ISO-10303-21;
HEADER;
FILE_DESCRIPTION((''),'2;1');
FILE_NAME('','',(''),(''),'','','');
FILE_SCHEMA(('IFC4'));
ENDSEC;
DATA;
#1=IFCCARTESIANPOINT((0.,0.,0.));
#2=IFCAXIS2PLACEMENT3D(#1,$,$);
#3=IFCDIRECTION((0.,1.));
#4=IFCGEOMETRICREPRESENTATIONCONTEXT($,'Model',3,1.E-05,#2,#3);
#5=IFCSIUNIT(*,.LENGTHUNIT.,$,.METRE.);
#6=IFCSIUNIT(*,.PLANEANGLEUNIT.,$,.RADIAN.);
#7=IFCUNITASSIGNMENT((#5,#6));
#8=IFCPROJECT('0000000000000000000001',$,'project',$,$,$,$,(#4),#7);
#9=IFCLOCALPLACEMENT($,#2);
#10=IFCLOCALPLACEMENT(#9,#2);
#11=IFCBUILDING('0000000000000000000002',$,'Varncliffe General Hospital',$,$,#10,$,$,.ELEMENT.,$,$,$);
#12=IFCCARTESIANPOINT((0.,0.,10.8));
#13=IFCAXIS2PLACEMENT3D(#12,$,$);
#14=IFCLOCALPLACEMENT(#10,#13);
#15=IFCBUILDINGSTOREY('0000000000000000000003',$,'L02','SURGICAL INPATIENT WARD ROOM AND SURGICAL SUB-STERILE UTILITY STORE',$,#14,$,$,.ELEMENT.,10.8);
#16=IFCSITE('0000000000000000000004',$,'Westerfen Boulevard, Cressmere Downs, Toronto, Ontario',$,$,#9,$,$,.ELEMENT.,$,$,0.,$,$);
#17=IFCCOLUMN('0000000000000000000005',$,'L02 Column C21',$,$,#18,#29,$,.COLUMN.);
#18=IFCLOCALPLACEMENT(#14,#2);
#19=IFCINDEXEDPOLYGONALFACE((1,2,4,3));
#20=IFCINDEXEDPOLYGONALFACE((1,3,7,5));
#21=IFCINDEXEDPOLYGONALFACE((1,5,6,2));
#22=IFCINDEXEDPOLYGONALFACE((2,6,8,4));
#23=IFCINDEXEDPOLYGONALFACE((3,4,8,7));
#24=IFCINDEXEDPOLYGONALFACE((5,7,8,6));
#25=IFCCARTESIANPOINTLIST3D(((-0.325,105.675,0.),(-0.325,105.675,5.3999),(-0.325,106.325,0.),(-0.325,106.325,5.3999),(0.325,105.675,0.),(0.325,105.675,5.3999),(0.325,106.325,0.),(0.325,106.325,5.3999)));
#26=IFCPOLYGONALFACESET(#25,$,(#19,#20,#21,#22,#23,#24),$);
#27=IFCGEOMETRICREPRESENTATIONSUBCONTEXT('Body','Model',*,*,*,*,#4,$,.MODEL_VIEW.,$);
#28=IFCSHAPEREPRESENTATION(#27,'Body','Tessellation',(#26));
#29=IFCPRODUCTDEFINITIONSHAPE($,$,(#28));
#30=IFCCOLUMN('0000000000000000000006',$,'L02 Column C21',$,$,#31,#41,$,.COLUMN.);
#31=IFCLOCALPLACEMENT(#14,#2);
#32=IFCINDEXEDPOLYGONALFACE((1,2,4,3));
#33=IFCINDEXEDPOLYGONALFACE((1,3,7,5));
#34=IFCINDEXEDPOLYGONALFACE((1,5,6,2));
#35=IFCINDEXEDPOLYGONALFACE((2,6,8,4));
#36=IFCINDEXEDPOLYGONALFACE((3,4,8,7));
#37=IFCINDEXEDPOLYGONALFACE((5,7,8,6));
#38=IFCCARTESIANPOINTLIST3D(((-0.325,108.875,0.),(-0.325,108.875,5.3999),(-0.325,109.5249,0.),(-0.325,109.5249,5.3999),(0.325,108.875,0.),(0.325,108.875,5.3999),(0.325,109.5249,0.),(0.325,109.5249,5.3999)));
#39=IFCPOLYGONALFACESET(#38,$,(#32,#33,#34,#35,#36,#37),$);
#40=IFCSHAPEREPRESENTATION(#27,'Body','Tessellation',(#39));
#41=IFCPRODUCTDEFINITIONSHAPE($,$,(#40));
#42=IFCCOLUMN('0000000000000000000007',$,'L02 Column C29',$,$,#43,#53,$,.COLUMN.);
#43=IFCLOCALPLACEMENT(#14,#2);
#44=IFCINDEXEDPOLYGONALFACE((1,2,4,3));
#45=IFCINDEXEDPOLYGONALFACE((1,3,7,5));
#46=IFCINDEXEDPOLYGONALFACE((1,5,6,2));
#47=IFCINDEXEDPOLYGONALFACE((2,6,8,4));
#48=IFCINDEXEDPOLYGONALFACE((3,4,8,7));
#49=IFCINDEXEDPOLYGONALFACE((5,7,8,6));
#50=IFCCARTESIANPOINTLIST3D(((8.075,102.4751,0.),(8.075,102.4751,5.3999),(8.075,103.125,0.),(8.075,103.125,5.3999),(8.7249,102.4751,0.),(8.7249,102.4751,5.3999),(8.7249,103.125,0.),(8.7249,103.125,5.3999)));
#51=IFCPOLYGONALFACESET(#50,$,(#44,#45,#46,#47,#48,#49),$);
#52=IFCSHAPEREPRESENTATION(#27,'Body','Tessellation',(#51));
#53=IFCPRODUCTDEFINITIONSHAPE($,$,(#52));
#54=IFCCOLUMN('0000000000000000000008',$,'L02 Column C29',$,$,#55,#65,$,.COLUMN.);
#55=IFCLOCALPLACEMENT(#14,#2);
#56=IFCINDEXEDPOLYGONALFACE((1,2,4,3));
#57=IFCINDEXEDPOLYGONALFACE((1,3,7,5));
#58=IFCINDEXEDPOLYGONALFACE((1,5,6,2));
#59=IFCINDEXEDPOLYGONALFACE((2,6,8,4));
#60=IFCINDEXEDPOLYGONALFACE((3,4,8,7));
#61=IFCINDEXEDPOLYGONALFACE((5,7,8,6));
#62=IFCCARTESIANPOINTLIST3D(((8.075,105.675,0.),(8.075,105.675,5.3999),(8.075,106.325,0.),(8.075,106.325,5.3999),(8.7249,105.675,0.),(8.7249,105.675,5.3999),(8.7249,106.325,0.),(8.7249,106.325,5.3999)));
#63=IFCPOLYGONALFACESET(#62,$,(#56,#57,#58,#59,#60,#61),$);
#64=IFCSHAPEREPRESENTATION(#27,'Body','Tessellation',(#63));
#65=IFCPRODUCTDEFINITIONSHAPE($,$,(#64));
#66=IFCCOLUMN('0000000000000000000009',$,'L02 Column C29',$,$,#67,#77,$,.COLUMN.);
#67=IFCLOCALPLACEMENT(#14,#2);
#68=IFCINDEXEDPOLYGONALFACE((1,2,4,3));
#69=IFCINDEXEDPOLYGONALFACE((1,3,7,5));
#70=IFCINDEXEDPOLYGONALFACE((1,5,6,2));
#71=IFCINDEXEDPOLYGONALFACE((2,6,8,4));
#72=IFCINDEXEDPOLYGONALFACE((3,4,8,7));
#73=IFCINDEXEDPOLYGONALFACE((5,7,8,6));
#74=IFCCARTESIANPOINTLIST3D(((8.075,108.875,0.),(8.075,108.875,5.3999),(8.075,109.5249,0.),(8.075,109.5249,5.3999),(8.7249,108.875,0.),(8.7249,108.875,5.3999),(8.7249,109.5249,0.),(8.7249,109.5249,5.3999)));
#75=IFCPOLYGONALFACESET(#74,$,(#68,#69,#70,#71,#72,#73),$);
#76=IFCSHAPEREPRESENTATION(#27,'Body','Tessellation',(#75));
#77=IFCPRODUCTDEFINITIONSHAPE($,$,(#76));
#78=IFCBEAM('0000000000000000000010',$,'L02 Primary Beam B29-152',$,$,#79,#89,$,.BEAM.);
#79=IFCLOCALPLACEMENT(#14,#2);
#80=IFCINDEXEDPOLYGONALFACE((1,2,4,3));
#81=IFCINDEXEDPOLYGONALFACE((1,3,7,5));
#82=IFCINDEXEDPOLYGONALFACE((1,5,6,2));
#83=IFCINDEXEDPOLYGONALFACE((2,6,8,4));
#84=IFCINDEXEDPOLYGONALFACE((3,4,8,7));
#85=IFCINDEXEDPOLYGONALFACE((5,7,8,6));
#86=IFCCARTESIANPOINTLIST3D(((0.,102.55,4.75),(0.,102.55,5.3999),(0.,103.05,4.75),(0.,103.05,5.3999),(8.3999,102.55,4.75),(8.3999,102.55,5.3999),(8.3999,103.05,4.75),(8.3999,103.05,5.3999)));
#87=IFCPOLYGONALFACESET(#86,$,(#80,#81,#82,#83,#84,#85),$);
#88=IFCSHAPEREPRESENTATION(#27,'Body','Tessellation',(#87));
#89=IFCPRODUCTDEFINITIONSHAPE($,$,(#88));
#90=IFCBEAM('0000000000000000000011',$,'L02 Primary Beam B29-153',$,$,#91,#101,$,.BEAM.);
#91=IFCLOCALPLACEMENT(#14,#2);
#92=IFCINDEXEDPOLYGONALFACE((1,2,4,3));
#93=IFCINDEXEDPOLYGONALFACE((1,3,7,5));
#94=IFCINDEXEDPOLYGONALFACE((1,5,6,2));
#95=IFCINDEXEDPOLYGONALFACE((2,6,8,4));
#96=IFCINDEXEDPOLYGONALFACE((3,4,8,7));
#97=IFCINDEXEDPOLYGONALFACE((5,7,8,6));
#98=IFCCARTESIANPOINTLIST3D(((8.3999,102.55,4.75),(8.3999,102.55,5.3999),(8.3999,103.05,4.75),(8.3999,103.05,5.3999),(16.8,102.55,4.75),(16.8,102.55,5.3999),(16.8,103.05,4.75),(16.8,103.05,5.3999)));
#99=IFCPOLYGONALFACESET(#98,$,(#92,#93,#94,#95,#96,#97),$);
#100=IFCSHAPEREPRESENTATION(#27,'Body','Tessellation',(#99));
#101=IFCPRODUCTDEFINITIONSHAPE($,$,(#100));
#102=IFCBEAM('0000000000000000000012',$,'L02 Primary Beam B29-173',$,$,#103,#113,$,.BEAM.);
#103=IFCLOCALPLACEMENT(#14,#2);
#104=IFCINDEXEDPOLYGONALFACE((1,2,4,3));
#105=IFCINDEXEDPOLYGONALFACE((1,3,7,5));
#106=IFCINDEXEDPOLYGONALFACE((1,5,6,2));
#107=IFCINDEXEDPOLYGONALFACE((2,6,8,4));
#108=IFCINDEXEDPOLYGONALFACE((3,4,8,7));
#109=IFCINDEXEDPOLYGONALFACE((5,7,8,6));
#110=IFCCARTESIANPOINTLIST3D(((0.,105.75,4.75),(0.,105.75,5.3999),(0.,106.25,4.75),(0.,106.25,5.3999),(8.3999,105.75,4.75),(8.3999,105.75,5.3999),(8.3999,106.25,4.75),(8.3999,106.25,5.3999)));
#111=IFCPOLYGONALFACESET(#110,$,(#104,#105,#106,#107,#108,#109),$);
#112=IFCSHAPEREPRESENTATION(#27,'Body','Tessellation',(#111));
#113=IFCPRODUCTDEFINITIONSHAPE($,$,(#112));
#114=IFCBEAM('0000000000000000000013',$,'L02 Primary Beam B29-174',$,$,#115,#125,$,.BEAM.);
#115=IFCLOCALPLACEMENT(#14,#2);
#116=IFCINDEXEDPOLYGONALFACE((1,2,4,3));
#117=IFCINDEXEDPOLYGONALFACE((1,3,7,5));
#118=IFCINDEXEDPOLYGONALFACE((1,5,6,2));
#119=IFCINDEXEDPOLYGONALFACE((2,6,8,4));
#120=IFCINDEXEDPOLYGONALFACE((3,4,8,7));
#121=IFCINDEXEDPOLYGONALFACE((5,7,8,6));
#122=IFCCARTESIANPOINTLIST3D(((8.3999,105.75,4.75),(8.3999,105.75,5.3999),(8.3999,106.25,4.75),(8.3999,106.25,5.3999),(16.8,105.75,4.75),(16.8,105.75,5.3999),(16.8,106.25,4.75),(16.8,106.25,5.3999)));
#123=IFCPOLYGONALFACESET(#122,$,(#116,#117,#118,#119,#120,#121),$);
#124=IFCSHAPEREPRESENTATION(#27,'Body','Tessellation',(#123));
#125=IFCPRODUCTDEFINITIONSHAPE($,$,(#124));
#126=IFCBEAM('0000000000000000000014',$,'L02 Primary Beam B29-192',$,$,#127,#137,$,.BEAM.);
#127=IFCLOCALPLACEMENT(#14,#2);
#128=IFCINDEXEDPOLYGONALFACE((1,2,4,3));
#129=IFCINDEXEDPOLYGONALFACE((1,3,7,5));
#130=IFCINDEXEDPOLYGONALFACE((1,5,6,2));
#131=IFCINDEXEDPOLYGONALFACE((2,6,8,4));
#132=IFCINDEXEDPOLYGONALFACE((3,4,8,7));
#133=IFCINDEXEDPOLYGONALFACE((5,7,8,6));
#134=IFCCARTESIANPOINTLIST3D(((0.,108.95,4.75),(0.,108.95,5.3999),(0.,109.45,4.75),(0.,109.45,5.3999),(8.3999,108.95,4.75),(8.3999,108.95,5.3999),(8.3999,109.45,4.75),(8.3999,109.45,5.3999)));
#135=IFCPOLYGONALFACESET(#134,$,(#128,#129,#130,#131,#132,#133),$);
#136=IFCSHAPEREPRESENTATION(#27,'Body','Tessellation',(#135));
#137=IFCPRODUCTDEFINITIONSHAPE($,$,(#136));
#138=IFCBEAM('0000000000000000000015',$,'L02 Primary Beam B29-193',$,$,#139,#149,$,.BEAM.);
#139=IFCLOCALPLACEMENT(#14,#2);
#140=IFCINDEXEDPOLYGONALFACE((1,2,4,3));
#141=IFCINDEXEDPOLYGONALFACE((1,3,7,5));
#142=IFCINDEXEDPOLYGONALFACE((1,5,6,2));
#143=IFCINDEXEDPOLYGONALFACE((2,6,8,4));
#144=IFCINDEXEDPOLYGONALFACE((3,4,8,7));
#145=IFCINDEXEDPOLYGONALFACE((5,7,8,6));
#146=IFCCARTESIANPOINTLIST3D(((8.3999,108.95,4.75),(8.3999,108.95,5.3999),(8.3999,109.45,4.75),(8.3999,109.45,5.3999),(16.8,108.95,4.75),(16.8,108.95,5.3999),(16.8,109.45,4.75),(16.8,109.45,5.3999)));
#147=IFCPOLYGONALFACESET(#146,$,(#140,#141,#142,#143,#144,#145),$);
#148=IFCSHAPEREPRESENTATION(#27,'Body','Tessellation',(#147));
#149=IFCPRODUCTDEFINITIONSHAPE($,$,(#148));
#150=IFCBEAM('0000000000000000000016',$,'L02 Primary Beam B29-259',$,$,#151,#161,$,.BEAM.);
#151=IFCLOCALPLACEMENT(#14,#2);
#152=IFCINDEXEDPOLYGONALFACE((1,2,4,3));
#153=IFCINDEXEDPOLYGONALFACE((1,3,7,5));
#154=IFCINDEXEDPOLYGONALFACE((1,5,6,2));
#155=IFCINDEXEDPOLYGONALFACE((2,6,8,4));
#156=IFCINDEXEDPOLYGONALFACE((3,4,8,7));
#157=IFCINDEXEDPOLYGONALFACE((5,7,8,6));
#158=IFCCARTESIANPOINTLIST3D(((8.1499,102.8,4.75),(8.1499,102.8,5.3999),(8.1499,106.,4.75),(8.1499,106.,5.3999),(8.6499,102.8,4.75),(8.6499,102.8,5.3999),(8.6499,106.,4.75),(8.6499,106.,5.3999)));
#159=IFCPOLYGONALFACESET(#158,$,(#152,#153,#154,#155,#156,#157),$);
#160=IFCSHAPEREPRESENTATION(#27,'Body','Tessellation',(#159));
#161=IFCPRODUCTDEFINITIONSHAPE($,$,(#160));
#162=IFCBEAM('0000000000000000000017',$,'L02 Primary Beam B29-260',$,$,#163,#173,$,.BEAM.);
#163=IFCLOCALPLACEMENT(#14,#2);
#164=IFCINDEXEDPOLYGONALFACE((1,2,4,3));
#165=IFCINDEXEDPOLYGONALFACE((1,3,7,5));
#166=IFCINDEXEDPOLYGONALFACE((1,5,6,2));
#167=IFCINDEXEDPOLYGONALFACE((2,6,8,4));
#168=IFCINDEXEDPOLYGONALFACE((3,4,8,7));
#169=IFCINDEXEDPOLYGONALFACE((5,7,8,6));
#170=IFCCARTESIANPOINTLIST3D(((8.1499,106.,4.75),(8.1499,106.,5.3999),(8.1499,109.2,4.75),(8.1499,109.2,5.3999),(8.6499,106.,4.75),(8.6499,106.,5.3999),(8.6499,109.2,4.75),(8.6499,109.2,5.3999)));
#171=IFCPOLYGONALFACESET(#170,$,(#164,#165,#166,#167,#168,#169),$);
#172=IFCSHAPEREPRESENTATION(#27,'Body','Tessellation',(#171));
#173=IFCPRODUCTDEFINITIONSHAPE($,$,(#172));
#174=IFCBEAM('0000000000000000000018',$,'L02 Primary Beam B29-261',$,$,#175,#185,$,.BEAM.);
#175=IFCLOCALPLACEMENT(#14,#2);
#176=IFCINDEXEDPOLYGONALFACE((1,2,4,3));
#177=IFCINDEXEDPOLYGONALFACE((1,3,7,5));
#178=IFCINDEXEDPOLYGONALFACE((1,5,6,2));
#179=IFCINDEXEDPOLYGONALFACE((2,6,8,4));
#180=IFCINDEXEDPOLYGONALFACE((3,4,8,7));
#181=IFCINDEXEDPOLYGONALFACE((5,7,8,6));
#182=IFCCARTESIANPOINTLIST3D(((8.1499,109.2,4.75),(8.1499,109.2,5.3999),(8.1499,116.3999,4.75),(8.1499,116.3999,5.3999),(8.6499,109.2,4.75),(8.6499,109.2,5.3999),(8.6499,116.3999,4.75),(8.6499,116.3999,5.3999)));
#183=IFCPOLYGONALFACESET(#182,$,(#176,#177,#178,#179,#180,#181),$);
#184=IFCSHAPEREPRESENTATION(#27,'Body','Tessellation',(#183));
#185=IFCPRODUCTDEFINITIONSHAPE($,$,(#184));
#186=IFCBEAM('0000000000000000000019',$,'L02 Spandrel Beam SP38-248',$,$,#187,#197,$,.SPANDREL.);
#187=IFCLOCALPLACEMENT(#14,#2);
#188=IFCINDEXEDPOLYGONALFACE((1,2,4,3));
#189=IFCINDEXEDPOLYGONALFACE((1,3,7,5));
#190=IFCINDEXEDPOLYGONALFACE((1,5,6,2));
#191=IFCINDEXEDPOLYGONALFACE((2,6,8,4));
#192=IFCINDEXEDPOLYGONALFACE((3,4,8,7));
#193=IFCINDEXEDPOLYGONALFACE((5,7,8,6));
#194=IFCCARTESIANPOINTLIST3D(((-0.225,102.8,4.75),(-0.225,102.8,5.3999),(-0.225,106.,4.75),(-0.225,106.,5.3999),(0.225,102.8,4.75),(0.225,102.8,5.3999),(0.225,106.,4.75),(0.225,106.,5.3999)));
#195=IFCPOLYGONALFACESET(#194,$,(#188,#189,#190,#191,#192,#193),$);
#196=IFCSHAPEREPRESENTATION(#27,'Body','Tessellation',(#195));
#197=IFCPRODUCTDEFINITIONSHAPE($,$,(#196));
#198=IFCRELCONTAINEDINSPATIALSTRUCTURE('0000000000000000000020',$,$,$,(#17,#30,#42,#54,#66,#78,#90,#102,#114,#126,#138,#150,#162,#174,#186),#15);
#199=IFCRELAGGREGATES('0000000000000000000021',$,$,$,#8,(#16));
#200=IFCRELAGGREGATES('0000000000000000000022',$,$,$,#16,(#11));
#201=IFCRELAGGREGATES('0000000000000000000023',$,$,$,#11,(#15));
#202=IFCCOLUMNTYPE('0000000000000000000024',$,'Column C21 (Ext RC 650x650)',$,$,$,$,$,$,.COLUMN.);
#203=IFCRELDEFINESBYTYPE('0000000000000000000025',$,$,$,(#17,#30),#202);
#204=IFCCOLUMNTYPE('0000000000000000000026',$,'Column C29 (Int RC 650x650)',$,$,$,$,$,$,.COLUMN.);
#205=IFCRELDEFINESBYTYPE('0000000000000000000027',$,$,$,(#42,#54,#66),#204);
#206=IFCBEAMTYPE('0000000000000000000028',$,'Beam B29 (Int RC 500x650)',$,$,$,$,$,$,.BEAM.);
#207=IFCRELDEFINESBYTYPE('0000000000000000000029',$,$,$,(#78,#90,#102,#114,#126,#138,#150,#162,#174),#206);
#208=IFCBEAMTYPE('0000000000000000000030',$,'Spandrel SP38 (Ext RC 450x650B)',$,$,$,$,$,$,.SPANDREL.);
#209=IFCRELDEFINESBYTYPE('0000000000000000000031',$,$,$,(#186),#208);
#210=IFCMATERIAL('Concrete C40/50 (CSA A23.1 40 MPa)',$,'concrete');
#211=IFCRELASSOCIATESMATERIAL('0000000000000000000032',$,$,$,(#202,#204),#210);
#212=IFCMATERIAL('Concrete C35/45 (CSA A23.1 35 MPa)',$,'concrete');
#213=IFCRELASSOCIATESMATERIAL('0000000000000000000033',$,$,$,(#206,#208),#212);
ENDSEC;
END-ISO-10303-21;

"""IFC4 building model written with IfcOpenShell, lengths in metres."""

from ifc_helpers import new_model, si_unit, direction, frame, origin, origin_2d, place, context, subcontext, project, spatial, rectangle, extrude, material, material_profile, profile_set, type_object, element, save


model = new_model("IFC4")

# Units and contexts
model_context = context("Model", 3, precision=1e-05, world=origin(), true_north=direction((0.0, 1.0)))
body_context = subcontext(model_context, "Body", "Model", "MODEL_VIEW")
ifc_project = project(units=[si_unit("LENGTHUNIT", "METRE"), si_unit("PLANEANGLEUNIT", "RADIAN")], contexts=[model_context])

# Site, building, storey
site_placement = place(None, origin())
site = spatial("IfcSite", under=ifc_project, at=site_placement, Name="Westerfen Boulevard, Cressmere Downs, Toronto, Ontario", CompositionType="ELEMENT", RefElevation=0.0)
building_placement = place(site_placement, origin())
building = spatial("IfcBuilding", under=site, at=building_placement, Name="Varncliffe General Hospital", CompositionType="ELEMENT")
storey_placement = place(building_placement, frame((0.0, 0.0, 10.8)))
storey = spatial("IfcBuildingStorey", under=building, at=storey_placement, Name="L02", Description="SURGICAL INPATIENT WARD ROOM AND SURGICAL SUB-STERILE UTILITY STORE", CompositionType="ELEMENT", Elevation=10.8)

# Columns
ifc_material_1 = material(Name="Concrete C40/50 (CSA A23.1 40 MPa)", Category="concrete")
ifc_material_profile_1 = material_profile(ifc_material_1, rectangle(XDim=0.6499, YDim=0.6499, at=origin_2d()), Name="RC 650x650")
ifc_profile_set_1 = profile_set([ifc_material_profile_1], Name="Concrete C40/50 (CSA A23.1 40 MPa)")
column_type_1 = type_object("IfcColumnType", Name="Column C21 (Ext RC 650x650)", PredefinedType="COLUMN", material=ifc_profile_set_1)
for number, where, z_axis, x_axis, name in (
    (1, (0.0, 106.0, 0.0), (0.0, 0.0, 1.0), (1.0, 0.0, 0.0), "L02 Column C21"),
    (2, (0.0, 109.2, 0.0), (0.0, 0.0, 1.0), (1.0, 0.0, 0.0), "L02 Column C21"),
):
    element("IfcColumn", number, at=place(storey_placement, frame(where, z_axis=z_axis, x_axis=x_axis)), inside=storey, type_object=column_type_1, Name=name, PredefinedType="COLUMN", context=body_context, shape_type="SweptSolid", body=[
        extrude(rectangle(XDim=0.6499, YDim=0.6499, at=origin_2d()), origin(), (0.0, 0.0, 1.0), 5.3999),
    ])
ifc_material_profile_2 = material_profile(ifc_material_1, rectangle(XDim=0.6499, YDim=0.6499, at=origin_2d()), Name="RC 650x650")
ifc_profile_set_2 = profile_set([ifc_material_profile_2], Name="Concrete C40/50 (CSA A23.1 40 MPa)")
column_type_2 = type_object("IfcColumnType", Name="Column C29 (Int RC 650x650)", PredefinedType="COLUMN", material=ifc_profile_set_2)
for number, where, z_axis, x_axis, name in (
    (3, (8.3999, 102.8, 0.0), (0.0, 0.0, 1.0), (1.0, 0.0, 0.0), "L02 Column C29"),
    (4, (8.3999, 106.0, 0.0), (0.0, 0.0, 1.0), (1.0, 0.0, 0.0), "L02 Column C29"),
    (5, (8.3999, 109.2, 0.0), (0.0, 0.0, 1.0), (1.0, 0.0, 0.0), "L02 Column C29"),
):
    element("IfcColumn", number, at=place(storey_placement, frame(where, z_axis=z_axis, x_axis=x_axis)), inside=storey, type_object=column_type_2, Name=name, PredefinedType="COLUMN", context=body_context, shape_type="SweptSolid", body=[
        extrude(rectangle(XDim=0.6499, YDim=0.6499, at=origin_2d()), origin(), (0.0, 0.0, 1.0), 5.3999),
    ])

# Beams
ifc_material_2 = material(Name="Concrete C35/45 (CSA A23.1 35 MPa)", Category="concrete")
ifc_material_profile_3 = material_profile(ifc_material_2, rectangle(XDim=0.5, YDim=0.6499, at=origin_2d()), Name="RC 500x650")
ifc_profile_set_3 = profile_set([ifc_material_profile_3], Name="Concrete C35/45 (CSA A23.1 35 MPa)")
beam_type_1 = type_object("IfcBeamType", Name="Beam B29 (Int RC 500x650)", PredefinedType="BEAM", material=ifc_profile_set_3)
beam_1_placement = place(storey_placement, frame((0.0, 102.8, 5.075), z_axis=(1.0, 0.0, 0.0), x_axis=(0.0, 1.0, 0.0)))
element("IfcBeam", 6, at=beam_1_placement, inside=storey, type_object=beam_type_1, Name="L02 Primary Beam B29-152", PredefinedType="BEAM", context=body_context, shape_type="SweptSolid", body=[
    extrude(rectangle(XDim=0.5, YDim=0.6499, at=origin_2d()), origin(), (0.0, 0.0, 1.0), 8.3999),
])
beam_2_placement = place(storey_placement, frame((8.3999, 102.8, 5.075), z_axis=(1.0, 0.0, 0.0), x_axis=(0.0, 1.0, 0.0)))
element("IfcBeam", 7, at=beam_2_placement, inside=storey, type_object=beam_type_1, Name="L02 Primary Beam B29-153", PredefinedType="BEAM", context=body_context, shape_type="SweptSolid", body=[
    extrude(rectangle(XDim=0.5, YDim=0.6499, at=origin_2d()), origin(), (0.0, 0.0, 1.0), 8.4001),
])
beam_3_placement = place(storey_placement, frame((0.0, 106.0, 5.075), z_axis=(1.0, 0.0, 0.0), x_axis=(0.0, 1.0, 0.0)))
element("IfcBeam", 8, at=beam_3_placement, inside=storey, type_object=beam_type_1, Name="L02 Primary Beam B29-173", PredefinedType="BEAM", context=body_context, shape_type="SweptSolid", body=[
    extrude(rectangle(XDim=0.5, YDim=0.6499, at=origin_2d()), origin(), (0.0, 0.0, 1.0), 8.3999),
])
beam_4_placement = place(storey_placement, frame((8.3999, 106.0, 5.075), z_axis=(1.0, 0.0, 0.0), x_axis=(0.0, 1.0, 0.0)))
element("IfcBeam", 9, at=beam_4_placement, inside=storey, type_object=beam_type_1, Name="L02 Primary Beam B29-174", PredefinedType="BEAM", context=body_context, shape_type="SweptSolid", body=[
    extrude(rectangle(XDim=0.5, YDim=0.6499, at=origin_2d()), origin(), (0.0, 0.0, 1.0), 8.4001),
])
beam_5_placement = place(storey_placement, frame((0.0, 109.2, 5.075), z_axis=(1.0, 0.0, 0.0), x_axis=(0.0, 1.0, 0.0)))
element("IfcBeam", 10, at=beam_5_placement, inside=storey, type_object=beam_type_1, Name="L02 Primary Beam B29-192", PredefinedType="BEAM", context=body_context, shape_type="SweptSolid", body=[
    extrude(rectangle(XDim=0.5, YDim=0.6499, at=origin_2d()), origin(), (0.0, 0.0, 1.0), 8.3999),
])
beam_6_placement = place(storey_placement, frame((8.3999, 109.2, 5.075), z_axis=(1.0, 0.0, 0.0), x_axis=(0.0, 1.0, 0.0)))
element("IfcBeam", 11, at=beam_6_placement, inside=storey, type_object=beam_type_1, Name="L02 Primary Beam B29-193", PredefinedType="BEAM", context=body_context, shape_type="SweptSolid", body=[
    extrude(rectangle(XDim=0.5, YDim=0.6499, at=origin_2d()), origin(), (0.0, 0.0, 1.0), 8.4001),
])
for number, where, z_axis, x_axis, name in (
    (12, (8.3999, 102.8, 5.075), (0.0, 1.0, 0.0), (-1.0, 0.0, 0.0), "L02 Primary Beam B29-259"),
    (13, (8.3999, 106.0, 5.075), (0.0, 1.0, 0.0), (-1.0, 0.0, 0.0), "L02 Primary Beam B29-260"),
):
    element("IfcBeam", number, at=place(storey_placement, frame(where, z_axis=z_axis, x_axis=x_axis)), inside=storey, type_object=beam_type_1, Name=name, PredefinedType="BEAM", context=body_context, shape_type="SweptSolid", body=[
        extrude(rectangle(XDim=0.5, YDim=0.6499, at=origin_2d()), origin(), (0.0, 0.0, 1.0), 3.2),
    ])
beam_7_placement = place(storey_placement, frame((8.3999, 109.2, 5.075), z_axis=(0.0, 1.0, 0.0), x_axis=(-1.0, 0.0, 0.0)))
element("IfcBeam", 14, at=beam_7_placement, inside=storey, type_object=beam_type_1, Name="L02 Primary Beam B29-261", PredefinedType="BEAM", context=body_context, shape_type="SweptSolid", body=[
    extrude(rectangle(XDim=0.5, YDim=0.6499, at=origin_2d()), origin(), (0.0, 0.0, 1.0), 7.2),
])
ifc_material_profile_4 = material_profile(ifc_material_2, rectangle(XDim=0.45, YDim=0.6499, at=origin_2d()), Name="RC 450x650")
ifc_profile_set_4 = profile_set([ifc_material_profile_4], Name="Concrete C35/45 (CSA A23.1 35 MPa)")
beam_type_2 = type_object("IfcBeamType", Name="Spandrel SP38 (Ext RC 450x650B)", PredefinedType="SPANDREL", material=ifc_profile_set_4)
for number, where, z_axis, x_axis, name in (
    (15, (0.0, 102.8, 5.075), (0.0, 1.0, 0.0), (-1.0, 0.0, 0.0), "L02 Spandrel Beam SP38-248"),
):
    element("IfcBeam", number, at=place(storey_placement, frame(where, z_axis=z_axis, x_axis=x_axis)), inside=storey, type_object=beam_type_2, Name=name, PredefinedType="SPANDREL", context=body_context, shape_type="SweptSolid", body=[
        extrude(rectangle(XDim=0.45, YDim=0.6499, at=origin_2d()), origin(), (0.0, 0.0, 1.0), 3.2),
    ])

save(model, "model.ifc")
